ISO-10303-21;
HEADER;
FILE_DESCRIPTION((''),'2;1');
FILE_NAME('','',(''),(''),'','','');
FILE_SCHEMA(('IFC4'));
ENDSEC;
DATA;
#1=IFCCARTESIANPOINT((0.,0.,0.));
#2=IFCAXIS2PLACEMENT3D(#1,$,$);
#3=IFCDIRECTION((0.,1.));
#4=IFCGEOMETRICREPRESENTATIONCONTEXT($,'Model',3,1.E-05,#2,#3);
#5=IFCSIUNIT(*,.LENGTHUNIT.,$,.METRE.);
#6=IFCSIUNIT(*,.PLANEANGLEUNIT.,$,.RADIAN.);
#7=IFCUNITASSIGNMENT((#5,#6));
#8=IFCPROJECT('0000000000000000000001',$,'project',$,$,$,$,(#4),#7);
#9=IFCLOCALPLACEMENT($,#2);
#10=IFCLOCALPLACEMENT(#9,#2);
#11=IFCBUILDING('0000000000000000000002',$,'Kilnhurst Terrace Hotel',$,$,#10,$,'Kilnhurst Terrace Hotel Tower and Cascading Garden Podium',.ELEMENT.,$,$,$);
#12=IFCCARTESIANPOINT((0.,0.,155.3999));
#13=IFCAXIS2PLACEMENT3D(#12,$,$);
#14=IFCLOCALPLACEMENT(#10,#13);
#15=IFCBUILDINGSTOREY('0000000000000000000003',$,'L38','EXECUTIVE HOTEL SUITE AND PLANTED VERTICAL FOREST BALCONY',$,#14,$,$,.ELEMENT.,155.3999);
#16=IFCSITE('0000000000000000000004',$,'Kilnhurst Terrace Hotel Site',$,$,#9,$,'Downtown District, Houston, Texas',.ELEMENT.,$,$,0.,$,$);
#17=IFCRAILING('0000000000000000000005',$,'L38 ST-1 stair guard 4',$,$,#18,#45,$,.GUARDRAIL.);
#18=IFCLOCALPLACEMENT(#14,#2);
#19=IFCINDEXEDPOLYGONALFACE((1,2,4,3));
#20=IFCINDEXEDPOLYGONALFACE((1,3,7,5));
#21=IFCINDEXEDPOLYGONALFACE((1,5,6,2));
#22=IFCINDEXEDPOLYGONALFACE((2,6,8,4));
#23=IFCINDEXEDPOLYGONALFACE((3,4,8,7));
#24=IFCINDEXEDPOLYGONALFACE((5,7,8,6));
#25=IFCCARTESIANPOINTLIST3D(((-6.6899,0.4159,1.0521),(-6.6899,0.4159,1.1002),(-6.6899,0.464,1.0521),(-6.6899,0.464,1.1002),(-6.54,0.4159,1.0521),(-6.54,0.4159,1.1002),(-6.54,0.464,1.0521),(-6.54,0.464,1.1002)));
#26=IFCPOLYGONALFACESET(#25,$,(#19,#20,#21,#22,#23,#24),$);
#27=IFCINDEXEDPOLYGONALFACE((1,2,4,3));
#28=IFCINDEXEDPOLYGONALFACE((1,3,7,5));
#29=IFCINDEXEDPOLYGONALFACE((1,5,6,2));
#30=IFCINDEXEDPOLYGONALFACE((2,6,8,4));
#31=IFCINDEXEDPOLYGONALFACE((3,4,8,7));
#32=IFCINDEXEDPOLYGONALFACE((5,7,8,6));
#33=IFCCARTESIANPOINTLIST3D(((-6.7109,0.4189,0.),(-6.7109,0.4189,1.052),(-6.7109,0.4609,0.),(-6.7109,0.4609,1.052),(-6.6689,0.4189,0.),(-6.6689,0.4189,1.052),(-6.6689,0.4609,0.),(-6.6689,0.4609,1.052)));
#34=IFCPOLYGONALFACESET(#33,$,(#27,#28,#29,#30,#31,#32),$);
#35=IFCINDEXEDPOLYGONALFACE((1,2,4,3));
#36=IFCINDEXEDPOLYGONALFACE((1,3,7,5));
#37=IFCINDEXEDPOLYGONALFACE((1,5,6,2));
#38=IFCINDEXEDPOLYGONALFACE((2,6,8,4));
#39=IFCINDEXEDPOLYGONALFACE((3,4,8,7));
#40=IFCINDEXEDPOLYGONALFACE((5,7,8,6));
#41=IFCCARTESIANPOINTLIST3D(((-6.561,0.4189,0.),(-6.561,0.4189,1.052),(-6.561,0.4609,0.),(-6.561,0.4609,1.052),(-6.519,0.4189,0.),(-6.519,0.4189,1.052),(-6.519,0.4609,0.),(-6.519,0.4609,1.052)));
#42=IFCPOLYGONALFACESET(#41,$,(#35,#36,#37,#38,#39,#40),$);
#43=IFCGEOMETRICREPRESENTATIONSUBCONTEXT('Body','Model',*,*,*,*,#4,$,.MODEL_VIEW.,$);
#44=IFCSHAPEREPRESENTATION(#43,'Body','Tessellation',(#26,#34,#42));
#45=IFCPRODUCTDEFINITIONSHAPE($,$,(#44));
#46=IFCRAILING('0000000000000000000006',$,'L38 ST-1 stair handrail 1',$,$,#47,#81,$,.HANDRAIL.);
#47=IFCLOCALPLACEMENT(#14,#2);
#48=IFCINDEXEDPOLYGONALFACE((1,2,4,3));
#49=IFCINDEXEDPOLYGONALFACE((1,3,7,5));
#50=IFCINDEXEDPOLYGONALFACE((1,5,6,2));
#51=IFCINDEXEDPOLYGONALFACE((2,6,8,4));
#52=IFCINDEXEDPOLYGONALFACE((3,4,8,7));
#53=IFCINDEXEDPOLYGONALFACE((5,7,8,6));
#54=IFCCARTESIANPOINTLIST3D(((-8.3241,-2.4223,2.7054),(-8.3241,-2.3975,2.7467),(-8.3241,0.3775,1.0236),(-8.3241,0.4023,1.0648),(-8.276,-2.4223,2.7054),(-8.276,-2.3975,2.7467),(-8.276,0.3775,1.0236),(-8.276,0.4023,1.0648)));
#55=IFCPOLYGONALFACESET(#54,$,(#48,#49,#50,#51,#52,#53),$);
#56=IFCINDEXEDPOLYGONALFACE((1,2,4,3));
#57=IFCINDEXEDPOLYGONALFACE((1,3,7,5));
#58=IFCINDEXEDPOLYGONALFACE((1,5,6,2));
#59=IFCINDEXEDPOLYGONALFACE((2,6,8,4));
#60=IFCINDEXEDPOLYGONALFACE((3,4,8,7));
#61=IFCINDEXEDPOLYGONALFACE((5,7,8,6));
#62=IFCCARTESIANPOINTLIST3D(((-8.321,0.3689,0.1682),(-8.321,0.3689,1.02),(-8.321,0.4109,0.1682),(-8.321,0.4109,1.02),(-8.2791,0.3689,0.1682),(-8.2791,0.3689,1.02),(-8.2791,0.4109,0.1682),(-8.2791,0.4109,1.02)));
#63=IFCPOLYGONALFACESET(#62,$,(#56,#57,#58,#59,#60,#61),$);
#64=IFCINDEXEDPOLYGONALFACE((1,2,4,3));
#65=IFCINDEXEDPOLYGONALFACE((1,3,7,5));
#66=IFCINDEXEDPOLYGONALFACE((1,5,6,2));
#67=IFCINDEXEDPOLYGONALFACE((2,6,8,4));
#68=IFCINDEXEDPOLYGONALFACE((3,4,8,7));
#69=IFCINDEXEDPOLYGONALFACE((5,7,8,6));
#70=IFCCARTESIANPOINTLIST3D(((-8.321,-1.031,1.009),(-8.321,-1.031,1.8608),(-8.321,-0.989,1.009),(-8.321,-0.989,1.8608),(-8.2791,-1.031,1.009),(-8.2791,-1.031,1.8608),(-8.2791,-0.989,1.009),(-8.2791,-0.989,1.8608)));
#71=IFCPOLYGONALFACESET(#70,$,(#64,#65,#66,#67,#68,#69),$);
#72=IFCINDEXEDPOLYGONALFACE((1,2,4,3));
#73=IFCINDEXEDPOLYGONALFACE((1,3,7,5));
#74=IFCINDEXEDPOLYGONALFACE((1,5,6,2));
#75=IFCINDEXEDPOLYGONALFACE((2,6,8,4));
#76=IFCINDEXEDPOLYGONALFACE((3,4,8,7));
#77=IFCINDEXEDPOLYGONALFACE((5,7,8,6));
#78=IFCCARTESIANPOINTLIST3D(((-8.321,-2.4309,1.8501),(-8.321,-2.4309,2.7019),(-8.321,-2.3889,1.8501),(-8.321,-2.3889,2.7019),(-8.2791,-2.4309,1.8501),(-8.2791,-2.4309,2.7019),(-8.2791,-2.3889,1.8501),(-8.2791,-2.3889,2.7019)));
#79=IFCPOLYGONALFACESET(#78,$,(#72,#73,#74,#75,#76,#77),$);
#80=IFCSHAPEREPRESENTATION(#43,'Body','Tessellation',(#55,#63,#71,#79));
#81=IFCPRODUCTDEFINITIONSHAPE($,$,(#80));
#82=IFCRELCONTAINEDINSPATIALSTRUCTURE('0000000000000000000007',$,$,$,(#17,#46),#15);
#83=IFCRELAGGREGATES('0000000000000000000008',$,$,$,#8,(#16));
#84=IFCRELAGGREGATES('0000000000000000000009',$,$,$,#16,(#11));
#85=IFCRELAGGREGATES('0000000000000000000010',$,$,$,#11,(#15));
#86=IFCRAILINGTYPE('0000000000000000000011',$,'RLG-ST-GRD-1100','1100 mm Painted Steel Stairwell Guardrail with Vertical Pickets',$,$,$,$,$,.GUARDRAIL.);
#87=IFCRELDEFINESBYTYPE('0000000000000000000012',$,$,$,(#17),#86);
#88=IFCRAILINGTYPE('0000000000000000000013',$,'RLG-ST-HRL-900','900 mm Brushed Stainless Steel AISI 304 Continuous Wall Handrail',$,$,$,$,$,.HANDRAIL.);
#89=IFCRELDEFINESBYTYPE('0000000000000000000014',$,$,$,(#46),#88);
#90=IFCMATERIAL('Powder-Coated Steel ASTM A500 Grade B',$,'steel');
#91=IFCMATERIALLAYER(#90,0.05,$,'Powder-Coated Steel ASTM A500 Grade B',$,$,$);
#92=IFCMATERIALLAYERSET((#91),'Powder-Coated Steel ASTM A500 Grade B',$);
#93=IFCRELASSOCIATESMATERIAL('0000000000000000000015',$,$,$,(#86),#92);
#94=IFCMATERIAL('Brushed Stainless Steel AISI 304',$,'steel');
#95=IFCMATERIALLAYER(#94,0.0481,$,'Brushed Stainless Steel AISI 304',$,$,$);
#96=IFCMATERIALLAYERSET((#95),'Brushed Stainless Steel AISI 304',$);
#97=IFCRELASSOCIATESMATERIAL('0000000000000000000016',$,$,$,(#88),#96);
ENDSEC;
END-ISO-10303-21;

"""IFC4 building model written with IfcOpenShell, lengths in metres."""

from ifc_helpers import new_model, si_unit, direction, frame, origin, origin_2d, place, context, subcontext, project, spatial, rectangle, extrude, material, layer, layer_set, type_object, element, save


model = new_model("IFC4")

# Units and contexts
model_context = context("Model", 3, precision=1e-05, world=origin(), true_north=direction((0.0, 1.0)))
body_context = subcontext(model_context, "Body", "Model", "MODEL_VIEW")
ifc_project = project(units=[si_unit("LENGTHUNIT", "METRE"), si_unit("PLANEANGLEUNIT", "RADIAN")], contexts=[model_context])

# Site, building, storey
site_placement = place(None, origin())
site = spatial("IfcSite", under=ifc_project, at=site_placement, Name="Kilnhurst Terrace Hotel Site", LongName="Downtown District, Houston, Texas", CompositionType="ELEMENT", RefElevation=0.0)
building_placement = place(site_placement, origin())
building = spatial("IfcBuilding", under=site, at=building_placement, Name="Kilnhurst Terrace Hotel", LongName="Kilnhurst Terrace Hotel Tower and Cascading Garden Podium", CompositionType="ELEMENT")
storey_placement = place(building_placement, frame((0.0, 0.0, 155.3999)))
storey = spatial("IfcBuildingStorey", under=building, at=storey_placement, Name="L38", Description="EXECUTIVE HOTEL SUITE AND PLANTED VERTICAL FOREST BALCONY", CompositionType="ELEMENT", Elevation=155.3999)

# Railings
ifc_material_1 = material(Name="Powder-Coated Steel ASTM A500 Grade B", Category="steel")
ifc_layer_1 = layer(ifc_material_1, 0.05, Name="Powder-Coated Steel ASTM A500 Grade B")
ifc_layer_set_1 = layer_set([ifc_layer_1], Name="Powder-Coated Steel ASTM A500 Grade B")
railing_type_1 = type_object("IfcRailingType", Name="RLG-ST-GRD-1100", Description="1100 mm Painted Steel Stairwell Guardrail with Vertical Pickets", PredefinedType="GUARDRAIL", material=ifc_layer_set_1)
railing_1_placement = place(storey_placement, frame((-6.6899, 0.4399, 0.0)))
element("IfcRailing", 1, at=railing_1_placement, inside=storey, type_object=railing_type_1, Name="L38 ST-1 stair guard 4", PredefinedType="GUARDRAIL", context=body_context, shape_type="SweptSolid", body=[
    extrude(rectangle(XDim=0.0481, YDim=0.0481, at=origin_2d()), frame((0.0, 0.0, 1.0762), z_axis=(1.0, 0.0, 0.0), x_axis=(0.0, 1.0, 0.0)), (0.0, 0.0, 1.0), 0.1499),
    extrude(rectangle(XDim=0.042, YDim=0.042, at=origin_2d()), origin(), (0.0, 0.0, 1.0), 1.052),
    extrude(rectangle(XDim=0.042, YDim=0.042, at=origin_2d()), frame((0.1499, 0.0, 0.0)), (0.0, 0.0, 1.0), 1.052),
])
ifc_material_2 = material(Name="Brushed Stainless Steel AISI 304", Category="steel")
ifc_layer_2 = layer(ifc_material_2, 0.0481, Name="Brushed Stainless Steel AISI 304")
ifc_layer_set_2 = layer_set([ifc_layer_2], Name="Brushed Stainless Steel AISI 304")
railing_type_2 = type_object("IfcRailingType", Name="RLG-ST-HRL-900", Description="900 mm Brushed Stainless Steel AISI 304 Continuous Wall Handrail", PredefinedType="HANDRAIL", material=ifc_layer_set_2)
railing_2_placement = place(storey_placement, frame((-8.3, 0.3899, 0.1682)))
element("IfcRailing", 2, at=railing_2_placement, inside=storey, type_object=railing_type_2, Name="L38 ST-1 stair handrail 1", PredefinedType="HANDRAIL", context=body_context, shape_type="SweptSolid", body=[
    extrude(rectangle(XDim=0.0481, YDim=0.0481, at=origin_2d()), frame((0.0, 0.0, 0.876), z_axis=(0.0, -0.857222, 0.514946), x_axis=(1.0, 0.0, 0.0)), (0.0, 0.0, 1.0), 3.2661),
    extrude(rectangle(XDim=0.042, YDim=0.042, at=origin_2d()), origin(), (0.0, 0.0, 1.0), 0.8518),
    extrude(rectangle(XDim=0.042, YDim=0.042, at=origin_2d()), frame((0.0, -1.3999, 0.8408)), (0.0, 0.0, 1.0), 0.8518),
    extrude(rectangle(XDim=0.042, YDim=0.042, at=origin_2d()), frame((0.0, -2.7998, 1.6819)), (0.0, 0.0, 1.0), 0.8518),
])

save(model, "model.ifc")
